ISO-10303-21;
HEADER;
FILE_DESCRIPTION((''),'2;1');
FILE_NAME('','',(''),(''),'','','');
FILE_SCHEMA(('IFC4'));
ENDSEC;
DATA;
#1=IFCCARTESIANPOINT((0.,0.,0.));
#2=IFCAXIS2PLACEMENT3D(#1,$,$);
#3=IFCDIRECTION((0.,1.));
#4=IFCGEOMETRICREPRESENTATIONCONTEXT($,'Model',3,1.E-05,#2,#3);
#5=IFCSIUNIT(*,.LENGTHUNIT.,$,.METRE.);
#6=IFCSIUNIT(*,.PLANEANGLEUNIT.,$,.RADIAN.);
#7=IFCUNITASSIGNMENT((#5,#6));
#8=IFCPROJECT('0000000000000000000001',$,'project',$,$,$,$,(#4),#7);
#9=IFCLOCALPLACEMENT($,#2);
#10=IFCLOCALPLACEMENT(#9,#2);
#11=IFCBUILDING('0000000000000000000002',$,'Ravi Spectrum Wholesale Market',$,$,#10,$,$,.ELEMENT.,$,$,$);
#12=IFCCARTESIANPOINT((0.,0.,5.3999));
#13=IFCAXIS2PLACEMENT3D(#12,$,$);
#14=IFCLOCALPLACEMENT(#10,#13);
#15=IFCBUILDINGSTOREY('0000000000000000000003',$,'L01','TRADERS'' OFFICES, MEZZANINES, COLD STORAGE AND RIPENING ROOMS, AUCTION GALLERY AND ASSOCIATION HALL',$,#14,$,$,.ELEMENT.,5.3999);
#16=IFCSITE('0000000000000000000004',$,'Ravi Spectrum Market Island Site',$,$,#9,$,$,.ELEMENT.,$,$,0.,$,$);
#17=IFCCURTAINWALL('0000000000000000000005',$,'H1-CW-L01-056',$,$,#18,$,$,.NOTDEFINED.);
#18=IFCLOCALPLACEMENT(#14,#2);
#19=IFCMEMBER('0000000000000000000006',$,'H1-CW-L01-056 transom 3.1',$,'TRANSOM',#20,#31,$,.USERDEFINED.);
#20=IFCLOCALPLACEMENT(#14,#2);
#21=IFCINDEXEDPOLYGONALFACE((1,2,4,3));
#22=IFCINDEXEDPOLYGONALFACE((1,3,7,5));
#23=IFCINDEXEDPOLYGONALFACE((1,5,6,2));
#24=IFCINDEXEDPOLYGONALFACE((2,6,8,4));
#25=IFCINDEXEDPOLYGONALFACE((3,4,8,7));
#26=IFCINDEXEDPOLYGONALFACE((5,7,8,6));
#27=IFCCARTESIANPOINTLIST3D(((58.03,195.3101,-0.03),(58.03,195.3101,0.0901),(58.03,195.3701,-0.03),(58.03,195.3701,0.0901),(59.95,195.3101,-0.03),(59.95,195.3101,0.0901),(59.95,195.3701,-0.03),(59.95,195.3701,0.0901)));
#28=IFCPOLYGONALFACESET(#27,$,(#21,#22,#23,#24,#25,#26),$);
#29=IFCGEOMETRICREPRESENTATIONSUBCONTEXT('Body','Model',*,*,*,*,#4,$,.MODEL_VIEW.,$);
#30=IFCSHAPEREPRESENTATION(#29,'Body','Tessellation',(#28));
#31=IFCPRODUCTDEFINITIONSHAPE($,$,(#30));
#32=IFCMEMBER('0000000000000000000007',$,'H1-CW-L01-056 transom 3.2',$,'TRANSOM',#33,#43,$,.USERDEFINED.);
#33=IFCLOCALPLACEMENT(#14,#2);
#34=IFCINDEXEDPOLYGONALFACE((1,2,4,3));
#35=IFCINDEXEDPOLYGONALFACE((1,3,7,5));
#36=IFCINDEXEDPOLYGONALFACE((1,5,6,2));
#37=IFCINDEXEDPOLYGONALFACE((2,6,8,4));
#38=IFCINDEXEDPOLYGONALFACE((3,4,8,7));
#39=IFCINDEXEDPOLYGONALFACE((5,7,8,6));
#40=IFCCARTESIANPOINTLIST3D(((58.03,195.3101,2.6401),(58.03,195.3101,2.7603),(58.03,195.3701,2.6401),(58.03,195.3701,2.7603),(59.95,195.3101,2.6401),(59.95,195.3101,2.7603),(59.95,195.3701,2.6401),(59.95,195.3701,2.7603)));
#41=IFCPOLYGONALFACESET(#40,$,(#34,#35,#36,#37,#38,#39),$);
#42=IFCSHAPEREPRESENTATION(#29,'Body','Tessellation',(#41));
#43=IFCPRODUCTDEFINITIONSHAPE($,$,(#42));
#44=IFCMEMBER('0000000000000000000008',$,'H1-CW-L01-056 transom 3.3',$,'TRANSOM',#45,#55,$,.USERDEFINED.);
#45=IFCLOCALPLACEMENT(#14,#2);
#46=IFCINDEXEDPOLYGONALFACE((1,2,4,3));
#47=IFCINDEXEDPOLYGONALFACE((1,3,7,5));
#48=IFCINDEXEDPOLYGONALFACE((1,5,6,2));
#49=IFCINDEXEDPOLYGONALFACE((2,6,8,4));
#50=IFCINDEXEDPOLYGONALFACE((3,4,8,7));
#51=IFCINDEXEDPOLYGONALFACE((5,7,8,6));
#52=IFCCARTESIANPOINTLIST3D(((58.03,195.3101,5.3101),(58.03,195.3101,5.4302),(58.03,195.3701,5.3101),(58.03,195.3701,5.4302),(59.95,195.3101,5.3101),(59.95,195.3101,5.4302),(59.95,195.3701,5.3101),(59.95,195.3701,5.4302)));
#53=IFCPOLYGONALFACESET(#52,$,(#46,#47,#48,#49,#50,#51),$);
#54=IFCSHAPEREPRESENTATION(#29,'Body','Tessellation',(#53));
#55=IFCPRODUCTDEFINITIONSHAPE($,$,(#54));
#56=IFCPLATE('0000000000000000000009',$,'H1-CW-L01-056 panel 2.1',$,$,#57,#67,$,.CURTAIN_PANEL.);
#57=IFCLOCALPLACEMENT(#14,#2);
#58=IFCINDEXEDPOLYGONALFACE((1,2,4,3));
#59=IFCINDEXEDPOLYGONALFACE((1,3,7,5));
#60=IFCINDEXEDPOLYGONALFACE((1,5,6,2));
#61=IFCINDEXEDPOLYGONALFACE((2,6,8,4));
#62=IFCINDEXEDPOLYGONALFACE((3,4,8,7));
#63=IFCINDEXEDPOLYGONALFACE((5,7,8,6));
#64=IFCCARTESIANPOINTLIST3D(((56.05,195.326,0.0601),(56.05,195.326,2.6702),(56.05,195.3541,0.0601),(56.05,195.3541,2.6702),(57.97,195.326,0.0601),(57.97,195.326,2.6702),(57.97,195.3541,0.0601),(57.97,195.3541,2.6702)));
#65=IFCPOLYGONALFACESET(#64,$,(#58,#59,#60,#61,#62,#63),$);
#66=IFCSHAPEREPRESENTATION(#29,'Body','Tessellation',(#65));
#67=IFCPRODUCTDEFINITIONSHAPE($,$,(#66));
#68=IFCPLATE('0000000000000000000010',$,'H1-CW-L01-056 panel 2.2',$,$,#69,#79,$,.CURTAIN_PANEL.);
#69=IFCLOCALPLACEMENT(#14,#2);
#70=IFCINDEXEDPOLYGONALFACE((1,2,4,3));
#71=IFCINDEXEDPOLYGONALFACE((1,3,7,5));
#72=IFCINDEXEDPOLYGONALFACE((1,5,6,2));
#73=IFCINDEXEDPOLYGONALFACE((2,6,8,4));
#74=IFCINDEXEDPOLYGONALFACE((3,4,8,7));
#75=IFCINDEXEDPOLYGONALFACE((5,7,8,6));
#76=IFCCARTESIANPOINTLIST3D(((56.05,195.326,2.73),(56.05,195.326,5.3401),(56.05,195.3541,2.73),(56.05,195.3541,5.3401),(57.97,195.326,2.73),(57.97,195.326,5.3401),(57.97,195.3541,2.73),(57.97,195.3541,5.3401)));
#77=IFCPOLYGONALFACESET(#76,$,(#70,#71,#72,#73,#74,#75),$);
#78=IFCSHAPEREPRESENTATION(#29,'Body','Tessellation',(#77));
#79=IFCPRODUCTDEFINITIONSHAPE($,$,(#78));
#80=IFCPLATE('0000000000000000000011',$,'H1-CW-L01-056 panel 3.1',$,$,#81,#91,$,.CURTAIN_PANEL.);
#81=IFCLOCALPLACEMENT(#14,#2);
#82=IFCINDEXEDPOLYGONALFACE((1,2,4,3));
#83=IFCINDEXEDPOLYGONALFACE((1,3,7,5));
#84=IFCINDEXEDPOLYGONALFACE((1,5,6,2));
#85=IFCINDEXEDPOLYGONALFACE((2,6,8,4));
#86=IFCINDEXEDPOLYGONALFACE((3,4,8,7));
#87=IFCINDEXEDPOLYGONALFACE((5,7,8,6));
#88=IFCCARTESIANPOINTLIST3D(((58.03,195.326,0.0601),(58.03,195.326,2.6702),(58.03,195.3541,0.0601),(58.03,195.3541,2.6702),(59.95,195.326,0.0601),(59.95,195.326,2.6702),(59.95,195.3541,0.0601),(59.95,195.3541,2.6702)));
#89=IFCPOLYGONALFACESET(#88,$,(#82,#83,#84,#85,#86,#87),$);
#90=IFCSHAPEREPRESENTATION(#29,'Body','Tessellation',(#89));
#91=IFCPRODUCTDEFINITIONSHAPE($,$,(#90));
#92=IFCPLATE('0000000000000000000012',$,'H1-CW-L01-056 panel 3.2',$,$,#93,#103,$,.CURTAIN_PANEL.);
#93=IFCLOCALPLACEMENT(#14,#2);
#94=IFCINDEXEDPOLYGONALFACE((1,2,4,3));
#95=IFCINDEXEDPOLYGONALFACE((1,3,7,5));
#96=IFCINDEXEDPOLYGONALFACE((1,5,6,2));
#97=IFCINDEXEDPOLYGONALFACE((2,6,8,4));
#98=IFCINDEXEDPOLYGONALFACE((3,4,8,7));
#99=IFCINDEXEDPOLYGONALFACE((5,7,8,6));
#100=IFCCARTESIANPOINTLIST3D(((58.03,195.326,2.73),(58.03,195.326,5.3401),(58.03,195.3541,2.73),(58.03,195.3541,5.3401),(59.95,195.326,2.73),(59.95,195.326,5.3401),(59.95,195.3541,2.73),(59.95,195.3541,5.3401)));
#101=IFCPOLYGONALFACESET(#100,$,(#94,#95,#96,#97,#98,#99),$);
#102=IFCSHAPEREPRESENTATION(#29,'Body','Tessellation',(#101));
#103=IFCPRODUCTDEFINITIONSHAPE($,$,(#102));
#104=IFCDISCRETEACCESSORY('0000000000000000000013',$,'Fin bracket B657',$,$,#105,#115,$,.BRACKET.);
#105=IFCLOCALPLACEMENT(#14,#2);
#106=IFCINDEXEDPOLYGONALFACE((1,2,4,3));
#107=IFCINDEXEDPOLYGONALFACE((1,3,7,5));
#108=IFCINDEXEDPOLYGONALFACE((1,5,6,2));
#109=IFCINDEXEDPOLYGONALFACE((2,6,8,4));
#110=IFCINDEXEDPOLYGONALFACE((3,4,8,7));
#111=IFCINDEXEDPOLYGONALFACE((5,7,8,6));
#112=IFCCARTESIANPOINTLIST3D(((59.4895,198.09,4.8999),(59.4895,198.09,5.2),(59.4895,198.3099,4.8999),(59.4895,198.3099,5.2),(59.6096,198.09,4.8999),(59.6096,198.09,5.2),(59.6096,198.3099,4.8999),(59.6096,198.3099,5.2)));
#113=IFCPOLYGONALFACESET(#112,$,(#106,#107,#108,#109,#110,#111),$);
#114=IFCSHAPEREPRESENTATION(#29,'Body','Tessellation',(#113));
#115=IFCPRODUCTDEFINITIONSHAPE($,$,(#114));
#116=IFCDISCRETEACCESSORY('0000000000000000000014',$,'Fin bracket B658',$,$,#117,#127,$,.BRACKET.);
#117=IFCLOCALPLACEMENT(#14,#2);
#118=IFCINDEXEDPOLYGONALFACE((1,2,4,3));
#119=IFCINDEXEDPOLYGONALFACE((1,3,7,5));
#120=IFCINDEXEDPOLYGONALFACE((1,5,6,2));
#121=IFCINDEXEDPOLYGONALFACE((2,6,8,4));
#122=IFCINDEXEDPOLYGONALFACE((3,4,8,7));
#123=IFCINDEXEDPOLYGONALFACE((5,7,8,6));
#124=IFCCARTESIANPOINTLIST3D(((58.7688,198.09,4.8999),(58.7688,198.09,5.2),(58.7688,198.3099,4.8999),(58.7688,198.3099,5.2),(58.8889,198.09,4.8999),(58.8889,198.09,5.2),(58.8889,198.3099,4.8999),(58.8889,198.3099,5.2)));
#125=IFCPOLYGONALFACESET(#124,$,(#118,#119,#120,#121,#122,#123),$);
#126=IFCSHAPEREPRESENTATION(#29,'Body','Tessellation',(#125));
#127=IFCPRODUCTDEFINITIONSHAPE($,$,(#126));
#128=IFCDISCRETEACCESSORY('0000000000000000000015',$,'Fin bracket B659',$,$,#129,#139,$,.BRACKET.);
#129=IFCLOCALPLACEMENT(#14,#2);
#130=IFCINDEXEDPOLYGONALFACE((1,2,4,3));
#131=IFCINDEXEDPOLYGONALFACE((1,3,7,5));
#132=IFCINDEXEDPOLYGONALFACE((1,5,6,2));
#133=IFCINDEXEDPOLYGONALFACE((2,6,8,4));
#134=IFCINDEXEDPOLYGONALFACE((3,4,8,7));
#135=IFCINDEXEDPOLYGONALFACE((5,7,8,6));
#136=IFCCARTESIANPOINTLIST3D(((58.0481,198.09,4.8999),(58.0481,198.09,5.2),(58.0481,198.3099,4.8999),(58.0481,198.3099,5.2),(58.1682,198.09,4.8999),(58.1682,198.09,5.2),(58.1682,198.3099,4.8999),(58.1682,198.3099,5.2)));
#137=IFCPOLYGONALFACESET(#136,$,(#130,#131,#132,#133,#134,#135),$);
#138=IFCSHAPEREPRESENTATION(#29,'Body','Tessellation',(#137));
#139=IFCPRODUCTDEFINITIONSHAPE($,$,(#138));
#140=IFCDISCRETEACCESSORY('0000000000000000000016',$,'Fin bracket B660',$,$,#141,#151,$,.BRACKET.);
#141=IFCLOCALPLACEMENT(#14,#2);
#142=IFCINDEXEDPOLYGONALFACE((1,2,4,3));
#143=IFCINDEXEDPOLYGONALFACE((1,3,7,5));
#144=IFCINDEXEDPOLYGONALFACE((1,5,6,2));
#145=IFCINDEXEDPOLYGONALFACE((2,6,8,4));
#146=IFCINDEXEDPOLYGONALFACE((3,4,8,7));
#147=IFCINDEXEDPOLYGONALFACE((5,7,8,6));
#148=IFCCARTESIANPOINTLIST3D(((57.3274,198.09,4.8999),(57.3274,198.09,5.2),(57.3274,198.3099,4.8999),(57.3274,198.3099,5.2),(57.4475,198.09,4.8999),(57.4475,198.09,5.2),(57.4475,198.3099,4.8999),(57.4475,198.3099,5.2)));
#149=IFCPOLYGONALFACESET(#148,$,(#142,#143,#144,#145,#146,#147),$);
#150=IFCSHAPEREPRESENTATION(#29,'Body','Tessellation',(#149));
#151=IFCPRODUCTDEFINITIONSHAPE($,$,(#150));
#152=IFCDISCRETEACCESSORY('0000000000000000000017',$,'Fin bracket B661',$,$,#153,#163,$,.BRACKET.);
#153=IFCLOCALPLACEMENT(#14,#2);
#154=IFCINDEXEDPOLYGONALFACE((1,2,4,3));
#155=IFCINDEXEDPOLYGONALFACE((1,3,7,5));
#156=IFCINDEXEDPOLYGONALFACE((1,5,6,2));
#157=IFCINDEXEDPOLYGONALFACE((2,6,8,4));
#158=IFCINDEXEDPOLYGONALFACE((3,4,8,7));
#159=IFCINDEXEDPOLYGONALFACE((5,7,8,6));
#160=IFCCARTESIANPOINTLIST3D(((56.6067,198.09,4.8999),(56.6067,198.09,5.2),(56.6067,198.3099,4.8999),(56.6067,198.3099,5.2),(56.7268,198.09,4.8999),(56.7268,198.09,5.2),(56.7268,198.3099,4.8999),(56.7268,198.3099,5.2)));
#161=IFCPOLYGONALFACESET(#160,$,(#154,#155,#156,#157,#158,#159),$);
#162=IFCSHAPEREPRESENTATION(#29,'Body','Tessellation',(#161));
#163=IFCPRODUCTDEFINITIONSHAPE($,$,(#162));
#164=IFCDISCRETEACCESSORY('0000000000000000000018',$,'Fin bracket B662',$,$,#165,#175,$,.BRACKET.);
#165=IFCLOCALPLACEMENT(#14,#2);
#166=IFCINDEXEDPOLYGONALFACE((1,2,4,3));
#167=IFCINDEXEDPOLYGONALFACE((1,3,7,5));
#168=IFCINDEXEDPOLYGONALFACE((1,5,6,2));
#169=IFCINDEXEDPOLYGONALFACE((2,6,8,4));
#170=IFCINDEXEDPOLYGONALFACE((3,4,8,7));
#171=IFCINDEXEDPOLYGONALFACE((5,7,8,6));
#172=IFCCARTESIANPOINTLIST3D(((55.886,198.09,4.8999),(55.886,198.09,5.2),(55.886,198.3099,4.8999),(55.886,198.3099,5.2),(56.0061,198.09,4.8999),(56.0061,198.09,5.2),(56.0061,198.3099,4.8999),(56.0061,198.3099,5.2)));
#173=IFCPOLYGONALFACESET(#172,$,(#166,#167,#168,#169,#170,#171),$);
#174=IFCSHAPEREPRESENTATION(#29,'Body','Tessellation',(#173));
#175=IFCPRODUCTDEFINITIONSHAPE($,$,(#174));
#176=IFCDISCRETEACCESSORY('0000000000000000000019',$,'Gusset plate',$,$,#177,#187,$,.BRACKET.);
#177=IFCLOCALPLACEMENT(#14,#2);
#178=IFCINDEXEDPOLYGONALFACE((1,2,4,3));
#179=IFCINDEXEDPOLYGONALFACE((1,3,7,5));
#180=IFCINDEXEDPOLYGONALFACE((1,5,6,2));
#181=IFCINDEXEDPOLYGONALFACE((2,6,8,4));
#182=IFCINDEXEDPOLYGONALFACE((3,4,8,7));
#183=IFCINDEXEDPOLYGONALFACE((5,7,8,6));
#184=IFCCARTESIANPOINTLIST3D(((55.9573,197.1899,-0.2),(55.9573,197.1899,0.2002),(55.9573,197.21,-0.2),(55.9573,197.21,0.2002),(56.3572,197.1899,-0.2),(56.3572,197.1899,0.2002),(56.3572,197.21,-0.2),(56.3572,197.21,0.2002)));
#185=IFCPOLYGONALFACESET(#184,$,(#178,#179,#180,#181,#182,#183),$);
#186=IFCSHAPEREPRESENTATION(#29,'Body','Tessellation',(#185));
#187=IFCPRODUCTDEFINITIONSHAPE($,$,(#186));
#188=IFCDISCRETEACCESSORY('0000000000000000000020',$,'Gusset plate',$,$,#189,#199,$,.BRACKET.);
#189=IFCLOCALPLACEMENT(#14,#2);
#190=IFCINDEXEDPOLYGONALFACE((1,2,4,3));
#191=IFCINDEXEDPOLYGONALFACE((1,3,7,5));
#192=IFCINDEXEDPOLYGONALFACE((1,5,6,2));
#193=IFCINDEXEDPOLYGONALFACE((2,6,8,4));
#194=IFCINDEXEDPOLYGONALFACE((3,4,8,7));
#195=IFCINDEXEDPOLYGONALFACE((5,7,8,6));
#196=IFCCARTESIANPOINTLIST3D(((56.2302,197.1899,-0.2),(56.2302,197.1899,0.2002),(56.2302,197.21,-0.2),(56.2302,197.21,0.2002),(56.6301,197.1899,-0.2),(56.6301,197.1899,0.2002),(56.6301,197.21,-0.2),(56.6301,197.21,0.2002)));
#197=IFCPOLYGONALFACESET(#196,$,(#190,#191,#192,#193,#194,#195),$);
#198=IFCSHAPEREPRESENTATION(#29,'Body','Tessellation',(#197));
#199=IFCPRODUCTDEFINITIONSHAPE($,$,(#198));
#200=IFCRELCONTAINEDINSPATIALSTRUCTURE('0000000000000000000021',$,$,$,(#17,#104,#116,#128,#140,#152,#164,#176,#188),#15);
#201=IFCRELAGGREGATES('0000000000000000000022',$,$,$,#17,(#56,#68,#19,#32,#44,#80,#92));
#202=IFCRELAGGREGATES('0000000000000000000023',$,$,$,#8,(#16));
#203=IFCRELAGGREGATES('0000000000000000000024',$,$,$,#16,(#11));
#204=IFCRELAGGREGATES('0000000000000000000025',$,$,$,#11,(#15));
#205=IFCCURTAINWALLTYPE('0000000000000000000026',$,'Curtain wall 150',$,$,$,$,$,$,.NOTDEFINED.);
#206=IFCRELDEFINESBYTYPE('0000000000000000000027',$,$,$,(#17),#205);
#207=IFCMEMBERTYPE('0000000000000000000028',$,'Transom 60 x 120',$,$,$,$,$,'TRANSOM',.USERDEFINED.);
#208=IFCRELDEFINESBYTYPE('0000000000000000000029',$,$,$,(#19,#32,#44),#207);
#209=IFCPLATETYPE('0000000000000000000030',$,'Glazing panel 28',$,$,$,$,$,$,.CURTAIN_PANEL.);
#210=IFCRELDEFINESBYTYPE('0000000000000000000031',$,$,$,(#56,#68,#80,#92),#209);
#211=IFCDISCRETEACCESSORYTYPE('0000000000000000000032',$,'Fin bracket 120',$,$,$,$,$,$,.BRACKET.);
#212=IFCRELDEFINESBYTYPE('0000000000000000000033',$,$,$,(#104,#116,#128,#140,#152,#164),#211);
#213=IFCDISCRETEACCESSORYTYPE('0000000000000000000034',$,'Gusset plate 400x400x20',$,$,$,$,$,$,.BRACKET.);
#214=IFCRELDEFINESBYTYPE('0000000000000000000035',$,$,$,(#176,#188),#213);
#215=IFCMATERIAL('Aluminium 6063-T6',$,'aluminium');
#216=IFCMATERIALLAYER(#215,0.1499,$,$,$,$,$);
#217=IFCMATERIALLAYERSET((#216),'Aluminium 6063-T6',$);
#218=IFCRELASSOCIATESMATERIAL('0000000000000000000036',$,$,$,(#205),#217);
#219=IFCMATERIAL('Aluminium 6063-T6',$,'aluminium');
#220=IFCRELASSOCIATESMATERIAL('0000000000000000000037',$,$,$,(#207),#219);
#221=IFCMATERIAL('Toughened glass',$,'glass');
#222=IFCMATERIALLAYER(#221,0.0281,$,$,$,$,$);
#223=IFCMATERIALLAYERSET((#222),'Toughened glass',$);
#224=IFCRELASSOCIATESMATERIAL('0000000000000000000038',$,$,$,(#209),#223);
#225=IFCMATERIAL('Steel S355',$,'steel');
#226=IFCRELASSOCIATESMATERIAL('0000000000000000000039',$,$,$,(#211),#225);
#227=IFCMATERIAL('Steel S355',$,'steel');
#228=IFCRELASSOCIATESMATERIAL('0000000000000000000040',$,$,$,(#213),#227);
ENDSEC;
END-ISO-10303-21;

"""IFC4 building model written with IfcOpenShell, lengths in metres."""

from ifc_helpers import new_model, si_unit, direction, frame, origin, origin_2d, place, context, subcontext, project, spatial, rectangle, extrude, material, layer, layer_set, material_profile, profile_set, type_object, element, aggregate, save


model = new_model("IFC4")

# Units and contexts
model_context = context("Model", 3, precision=1e-05, world=origin(), true_north=direction((0.0, 1.0)))
body_context = subcontext(model_context, "Body", "Model", "MODEL_VIEW")
ifc_project = project(units=[si_unit("LENGTHUNIT", "METRE"), si_unit("PLANEANGLEUNIT", "RADIAN")], contexts=[model_context])

# Site, building, storey
site_placement = place(None, origin())
site = spatial("IfcSite", under=ifc_project, at=site_placement, Name="Ravi Spectrum Market Island Site", CompositionType="ELEMENT", RefElevation=0.0)
building_placement = place(site_placement, origin())
building = spatial("IfcBuilding", under=site, at=building_placement, Name="Ravi Spectrum Wholesale Market", CompositionType="ELEMENT")
storey_placement = place(building_placement, frame((0.0, 0.0, 5.3999)))
storey = spatial("IfcBuildingStorey", under=building, at=storey_placement, Name="L01", Description="TRADERS' OFFICES, MEZZANINES, COLD STORAGE AND RIPENING ROOMS, AUCTION GALLERY AND ASSOCIATION HALL", CompositionType="ELEMENT", Elevation=5.3999)

# Curtain wall
ifc_material_1 = material(Name="Aluminium 6063-T6", Category="aluminium")
ifc_layer_1 = layer(ifc_material_1, 0.1499)
ifc_layer_set_1 = layer_set([ifc_layer_1], Name="Aluminium 6063-T6")
curtain_wall_type = type_object("IfcCurtainWallType", Name="Curtain wall 150", PredefinedType="NOTDEFINED", material=ifc_layer_set_1)
curtain_wall_placement = place(storey_placement, origin())
curtain_wall = element("IfcCurtainWall", 1, at=curtain_wall_placement, inside=storey, type_object=curtain_wall_type, Name="H1-CW-L01-056", PredefinedType="NOTDEFINED")

# Members
ifc_material_2 = material(Name="Aluminium 6063-T6", Category="aluminium")
ifc_material_profile_1 = material_profile(ifc_material_2, rectangle(XDim=0.0601, YDim=0.1201, at=origin_2d()))
ifc_profile_set_1 = profile_set([ifc_material_profile_1], Name="Aluminium 6063-T6")
member_type_1 = type_object("IfcMemberType", Name="Transom 60 x 120", ElementType="TRANSOM", PredefinedType="USERDEFINED", material=ifc_profile_set_1)
member_1_placement = place(storey_placement, frame((58.03, 195.3401, 0.03), z_axis=(1.0, 0.0, 0.0), x_axis=(0.0, 1.0, 0.0)))
member_1 = element("IfcMember", 2, at=member_1_placement, type_object=member_type_1, Name="H1-CW-L01-056 transom 3.1", ObjectType="TRANSOM", PredefinedType="USERDEFINED", context=body_context, shape_type="SweptSolid", body=[
    extrude(rectangle(XDim=0.0601, YDim=0.1201, at=origin_2d()), origin(), (0.0, 0.0, 1.0), 1.9199),
])
member_2_placement = place(storey_placement, frame((58.03, 195.3401, 2.7002), z_axis=(1.0, 0.0, 0.0), x_axis=(0.0, 1.0, 0.0)))
member_2 = element("IfcMember", 3, at=member_2_placement, type_object=member_type_1, Name="H1-CW-L01-056 transom 3.2", ObjectType="TRANSOM", PredefinedType="USERDEFINED", context=body_context, shape_type="SweptSolid", body=[
    extrude(rectangle(XDim=0.0601, YDim=0.1201, at=origin_2d()), origin(), (0.0, 0.0, 1.0), 1.9199),
])
member_3_placement = place(storey_placement, frame((58.03, 195.3401, 5.3701), z_axis=(1.0, 0.0, 0.0), x_axis=(0.0, 1.0, 0.0)))
member_3 = element("IfcMember", 4, at=member_3_placement, type_object=member_type_1, Name="H1-CW-L01-056 transom 3.3", ObjectType="TRANSOM", PredefinedType="USERDEFINED", context=body_context, shape_type="SweptSolid", body=[
    extrude(rectangle(XDim=0.0601, YDim=0.1201, at=origin_2d()), origin(), (0.0, 0.0, 1.0), 1.9199),
])

# Plates
ifc_material_3 = material(Name="Toughened glass", Category="glass")
ifc_layer_2 = layer(ifc_material_3, 0.0281)
ifc_layer_set_2 = layer_set([ifc_layer_2], Name="Toughened glass")
plate_type = type_object("IfcPlateType", Name="Glazing panel 28", PredefinedType="CURTAIN_PANEL", material=ifc_layer_set_2)
plate_1_placement = place(storey_placement, frame((57.01, 195.3401, 0.0601), z_axis=(0.0, 0.0, 1.0), x_axis=(1.0, 0.0, 0.0)))
plate_1 = element("IfcPlate", 5, at=plate_1_placement, type_object=plate_type, Name="H1-CW-L01-056 panel 2.1", PredefinedType="CURTAIN_PANEL", context=body_context, shape_type="SweptSolid", body=[
    extrude(rectangle(XDim=1.9199, YDim=0.0281, at=origin_2d()), origin(), (0.0, 0.0, 1.0), 2.6101),
])
plate_2_placement = place(storey_placement, frame((57.01, 195.3401, 2.73), z_axis=(0.0, 0.0, 1.0), x_axis=(1.0, 0.0, 0.0)))
plate_2 = element("IfcPlate", 6, at=plate_2_placement, type_object=plate_type, Name="H1-CW-L01-056 panel 2.2", PredefinedType="CURTAIN_PANEL", context=body_context, shape_type="SweptSolid", body=[
    extrude(rectangle(XDim=1.9199, YDim=0.0281, at=origin_2d()), origin(), (0.0, 0.0, 1.0), 2.6101),
])
plate_3_placement = place(storey_placement, frame((58.99, 195.3401, 0.0601), z_axis=(0.0, 0.0, 1.0), x_axis=(1.0, 0.0, 0.0)))
plate_3 = element("IfcPlate", 7, at=plate_3_placement, type_object=plate_type, Name="H1-CW-L01-056 panel 3.1", PredefinedType="CURTAIN_PANEL", context=body_context, shape_type="SweptSolid", body=[
    extrude(rectangle(XDim=1.9199, YDim=0.0281, at=origin_2d()), origin(), (0.0, 0.0, 1.0), 2.6101),
])
plate_4_placement = place(storey_placement, frame((58.99, 195.3401, 2.73), z_axis=(0.0, 0.0, 1.0), x_axis=(1.0, 0.0, 0.0)))
plate_4 = element("IfcPlate", 8, at=plate_4_placement, type_object=plate_type, Name="H1-CW-L01-056 panel 3.2", PredefinedType="CURTAIN_PANEL", context=body_context, shape_type="SweptSolid", body=[
    extrude(rectangle(XDim=1.9199, YDim=0.0281, at=origin_2d()), origin(), (0.0, 0.0, 1.0), 2.6101),
])
aggregate(curtain_wall, [plate_1, plate_2, member_1, member_2, member_3, plate_3, plate_4])

# Discrete accessories
ifc_material_4 = material(Name="Steel S355", Category="steel")
discrete_accessory_type_1 = type_object("IfcDiscreteAccessoryType", Name="Fin bracket 120", PredefinedType="BRACKET", material=ifc_material_4)
for number, where, z_axis, x_axis, name in (
    (9, (59.5496, 198.2, 4.8999), (0.0, 0.0, 1.0), (-1.0, 0.0, 0.0), "Fin bracket B657"),
    (10, (58.8289, 198.2, 4.8999), (0.0, 0.0, 1.0), (-1.0, 0.0, 0.0), "Fin bracket B658"),
    (11, (58.1082, 198.2, 4.8999), (0.0, 0.0, 1.0), (-1.0, 0.0, 0.0), "Fin bracket B659"),
    (12, (57.3875, 198.2, 4.8999), (0.0, 0.0, 1.0), (-1.0, 0.0, 0.0), "Fin bracket B660"),
    (13, (56.6667, 198.2, 4.8999), (0.0, 0.0, 1.0), (-1.0, 0.0, 0.0), "Fin bracket B661"),
    (14, (55.946, 198.2, 4.8999), (0.0, 0.0, 1.0), (-1.0, 0.0, 0.0), "Fin bracket B662"),
):
    element("IfcDiscreteAccessory", number, at=place(storey_placement, frame(where, z_axis=z_axis, x_axis=x_axis)), inside=storey, type_object=discrete_accessory_type_1, Name=name, PredefinedType="BRACKET", context=body_context, shape_type="SweptSolid", body=[
        extrude(rectangle(XDim=0.1201, YDim=0.22, at=origin_2d()), origin(), (0.0, 0.0, 1.0), 0.3),
    ])
ifc_material_5 = material(Name="Steel S355", Category="steel")
ifc_material_profile_2 = material_profile(ifc_material_5, rectangle(XDim=0.3999, YDim=0.02, at=origin_2d()))
ifc_profile_set_2 = profile_set([ifc_material_profile_2], Name="Steel S355")
discrete_accessory_type_2 = type_object("IfcDiscreteAccessoryType", Name="Gusset plate 400x400x20", PredefinedType="BRACKET", material=ifc_profile_set_2)
for number, where, z_axis, x_axis, name in (
    (15, (56.1572, 197.2, -0.2), (0.0, 0.0, 1.0), (1.0, 0.0, 0.0), "Gusset plate"),
    (16, (56.4302, 197.2, -0.2), (0.0, 0.0, 1.0), (1.0, 0.0, 0.0), "Gusset plate"),
):
    element("IfcDiscreteAccessory", number, at=place(storey_placement, frame(where, z_axis=z_axis, x_axis=x_axis)), inside=storey, type_object=discrete_accessory_type_2, Name=name, PredefinedType="BRACKET", context=body_context, shape_type="SweptSolid", body=[
        extrude(rectangle(XDim=0.3999, YDim=0.02, at=origin_2d()), origin(), (0.0, 0.0, 1.0), 0.4001),
    ])

save(model, "model.ifc")
